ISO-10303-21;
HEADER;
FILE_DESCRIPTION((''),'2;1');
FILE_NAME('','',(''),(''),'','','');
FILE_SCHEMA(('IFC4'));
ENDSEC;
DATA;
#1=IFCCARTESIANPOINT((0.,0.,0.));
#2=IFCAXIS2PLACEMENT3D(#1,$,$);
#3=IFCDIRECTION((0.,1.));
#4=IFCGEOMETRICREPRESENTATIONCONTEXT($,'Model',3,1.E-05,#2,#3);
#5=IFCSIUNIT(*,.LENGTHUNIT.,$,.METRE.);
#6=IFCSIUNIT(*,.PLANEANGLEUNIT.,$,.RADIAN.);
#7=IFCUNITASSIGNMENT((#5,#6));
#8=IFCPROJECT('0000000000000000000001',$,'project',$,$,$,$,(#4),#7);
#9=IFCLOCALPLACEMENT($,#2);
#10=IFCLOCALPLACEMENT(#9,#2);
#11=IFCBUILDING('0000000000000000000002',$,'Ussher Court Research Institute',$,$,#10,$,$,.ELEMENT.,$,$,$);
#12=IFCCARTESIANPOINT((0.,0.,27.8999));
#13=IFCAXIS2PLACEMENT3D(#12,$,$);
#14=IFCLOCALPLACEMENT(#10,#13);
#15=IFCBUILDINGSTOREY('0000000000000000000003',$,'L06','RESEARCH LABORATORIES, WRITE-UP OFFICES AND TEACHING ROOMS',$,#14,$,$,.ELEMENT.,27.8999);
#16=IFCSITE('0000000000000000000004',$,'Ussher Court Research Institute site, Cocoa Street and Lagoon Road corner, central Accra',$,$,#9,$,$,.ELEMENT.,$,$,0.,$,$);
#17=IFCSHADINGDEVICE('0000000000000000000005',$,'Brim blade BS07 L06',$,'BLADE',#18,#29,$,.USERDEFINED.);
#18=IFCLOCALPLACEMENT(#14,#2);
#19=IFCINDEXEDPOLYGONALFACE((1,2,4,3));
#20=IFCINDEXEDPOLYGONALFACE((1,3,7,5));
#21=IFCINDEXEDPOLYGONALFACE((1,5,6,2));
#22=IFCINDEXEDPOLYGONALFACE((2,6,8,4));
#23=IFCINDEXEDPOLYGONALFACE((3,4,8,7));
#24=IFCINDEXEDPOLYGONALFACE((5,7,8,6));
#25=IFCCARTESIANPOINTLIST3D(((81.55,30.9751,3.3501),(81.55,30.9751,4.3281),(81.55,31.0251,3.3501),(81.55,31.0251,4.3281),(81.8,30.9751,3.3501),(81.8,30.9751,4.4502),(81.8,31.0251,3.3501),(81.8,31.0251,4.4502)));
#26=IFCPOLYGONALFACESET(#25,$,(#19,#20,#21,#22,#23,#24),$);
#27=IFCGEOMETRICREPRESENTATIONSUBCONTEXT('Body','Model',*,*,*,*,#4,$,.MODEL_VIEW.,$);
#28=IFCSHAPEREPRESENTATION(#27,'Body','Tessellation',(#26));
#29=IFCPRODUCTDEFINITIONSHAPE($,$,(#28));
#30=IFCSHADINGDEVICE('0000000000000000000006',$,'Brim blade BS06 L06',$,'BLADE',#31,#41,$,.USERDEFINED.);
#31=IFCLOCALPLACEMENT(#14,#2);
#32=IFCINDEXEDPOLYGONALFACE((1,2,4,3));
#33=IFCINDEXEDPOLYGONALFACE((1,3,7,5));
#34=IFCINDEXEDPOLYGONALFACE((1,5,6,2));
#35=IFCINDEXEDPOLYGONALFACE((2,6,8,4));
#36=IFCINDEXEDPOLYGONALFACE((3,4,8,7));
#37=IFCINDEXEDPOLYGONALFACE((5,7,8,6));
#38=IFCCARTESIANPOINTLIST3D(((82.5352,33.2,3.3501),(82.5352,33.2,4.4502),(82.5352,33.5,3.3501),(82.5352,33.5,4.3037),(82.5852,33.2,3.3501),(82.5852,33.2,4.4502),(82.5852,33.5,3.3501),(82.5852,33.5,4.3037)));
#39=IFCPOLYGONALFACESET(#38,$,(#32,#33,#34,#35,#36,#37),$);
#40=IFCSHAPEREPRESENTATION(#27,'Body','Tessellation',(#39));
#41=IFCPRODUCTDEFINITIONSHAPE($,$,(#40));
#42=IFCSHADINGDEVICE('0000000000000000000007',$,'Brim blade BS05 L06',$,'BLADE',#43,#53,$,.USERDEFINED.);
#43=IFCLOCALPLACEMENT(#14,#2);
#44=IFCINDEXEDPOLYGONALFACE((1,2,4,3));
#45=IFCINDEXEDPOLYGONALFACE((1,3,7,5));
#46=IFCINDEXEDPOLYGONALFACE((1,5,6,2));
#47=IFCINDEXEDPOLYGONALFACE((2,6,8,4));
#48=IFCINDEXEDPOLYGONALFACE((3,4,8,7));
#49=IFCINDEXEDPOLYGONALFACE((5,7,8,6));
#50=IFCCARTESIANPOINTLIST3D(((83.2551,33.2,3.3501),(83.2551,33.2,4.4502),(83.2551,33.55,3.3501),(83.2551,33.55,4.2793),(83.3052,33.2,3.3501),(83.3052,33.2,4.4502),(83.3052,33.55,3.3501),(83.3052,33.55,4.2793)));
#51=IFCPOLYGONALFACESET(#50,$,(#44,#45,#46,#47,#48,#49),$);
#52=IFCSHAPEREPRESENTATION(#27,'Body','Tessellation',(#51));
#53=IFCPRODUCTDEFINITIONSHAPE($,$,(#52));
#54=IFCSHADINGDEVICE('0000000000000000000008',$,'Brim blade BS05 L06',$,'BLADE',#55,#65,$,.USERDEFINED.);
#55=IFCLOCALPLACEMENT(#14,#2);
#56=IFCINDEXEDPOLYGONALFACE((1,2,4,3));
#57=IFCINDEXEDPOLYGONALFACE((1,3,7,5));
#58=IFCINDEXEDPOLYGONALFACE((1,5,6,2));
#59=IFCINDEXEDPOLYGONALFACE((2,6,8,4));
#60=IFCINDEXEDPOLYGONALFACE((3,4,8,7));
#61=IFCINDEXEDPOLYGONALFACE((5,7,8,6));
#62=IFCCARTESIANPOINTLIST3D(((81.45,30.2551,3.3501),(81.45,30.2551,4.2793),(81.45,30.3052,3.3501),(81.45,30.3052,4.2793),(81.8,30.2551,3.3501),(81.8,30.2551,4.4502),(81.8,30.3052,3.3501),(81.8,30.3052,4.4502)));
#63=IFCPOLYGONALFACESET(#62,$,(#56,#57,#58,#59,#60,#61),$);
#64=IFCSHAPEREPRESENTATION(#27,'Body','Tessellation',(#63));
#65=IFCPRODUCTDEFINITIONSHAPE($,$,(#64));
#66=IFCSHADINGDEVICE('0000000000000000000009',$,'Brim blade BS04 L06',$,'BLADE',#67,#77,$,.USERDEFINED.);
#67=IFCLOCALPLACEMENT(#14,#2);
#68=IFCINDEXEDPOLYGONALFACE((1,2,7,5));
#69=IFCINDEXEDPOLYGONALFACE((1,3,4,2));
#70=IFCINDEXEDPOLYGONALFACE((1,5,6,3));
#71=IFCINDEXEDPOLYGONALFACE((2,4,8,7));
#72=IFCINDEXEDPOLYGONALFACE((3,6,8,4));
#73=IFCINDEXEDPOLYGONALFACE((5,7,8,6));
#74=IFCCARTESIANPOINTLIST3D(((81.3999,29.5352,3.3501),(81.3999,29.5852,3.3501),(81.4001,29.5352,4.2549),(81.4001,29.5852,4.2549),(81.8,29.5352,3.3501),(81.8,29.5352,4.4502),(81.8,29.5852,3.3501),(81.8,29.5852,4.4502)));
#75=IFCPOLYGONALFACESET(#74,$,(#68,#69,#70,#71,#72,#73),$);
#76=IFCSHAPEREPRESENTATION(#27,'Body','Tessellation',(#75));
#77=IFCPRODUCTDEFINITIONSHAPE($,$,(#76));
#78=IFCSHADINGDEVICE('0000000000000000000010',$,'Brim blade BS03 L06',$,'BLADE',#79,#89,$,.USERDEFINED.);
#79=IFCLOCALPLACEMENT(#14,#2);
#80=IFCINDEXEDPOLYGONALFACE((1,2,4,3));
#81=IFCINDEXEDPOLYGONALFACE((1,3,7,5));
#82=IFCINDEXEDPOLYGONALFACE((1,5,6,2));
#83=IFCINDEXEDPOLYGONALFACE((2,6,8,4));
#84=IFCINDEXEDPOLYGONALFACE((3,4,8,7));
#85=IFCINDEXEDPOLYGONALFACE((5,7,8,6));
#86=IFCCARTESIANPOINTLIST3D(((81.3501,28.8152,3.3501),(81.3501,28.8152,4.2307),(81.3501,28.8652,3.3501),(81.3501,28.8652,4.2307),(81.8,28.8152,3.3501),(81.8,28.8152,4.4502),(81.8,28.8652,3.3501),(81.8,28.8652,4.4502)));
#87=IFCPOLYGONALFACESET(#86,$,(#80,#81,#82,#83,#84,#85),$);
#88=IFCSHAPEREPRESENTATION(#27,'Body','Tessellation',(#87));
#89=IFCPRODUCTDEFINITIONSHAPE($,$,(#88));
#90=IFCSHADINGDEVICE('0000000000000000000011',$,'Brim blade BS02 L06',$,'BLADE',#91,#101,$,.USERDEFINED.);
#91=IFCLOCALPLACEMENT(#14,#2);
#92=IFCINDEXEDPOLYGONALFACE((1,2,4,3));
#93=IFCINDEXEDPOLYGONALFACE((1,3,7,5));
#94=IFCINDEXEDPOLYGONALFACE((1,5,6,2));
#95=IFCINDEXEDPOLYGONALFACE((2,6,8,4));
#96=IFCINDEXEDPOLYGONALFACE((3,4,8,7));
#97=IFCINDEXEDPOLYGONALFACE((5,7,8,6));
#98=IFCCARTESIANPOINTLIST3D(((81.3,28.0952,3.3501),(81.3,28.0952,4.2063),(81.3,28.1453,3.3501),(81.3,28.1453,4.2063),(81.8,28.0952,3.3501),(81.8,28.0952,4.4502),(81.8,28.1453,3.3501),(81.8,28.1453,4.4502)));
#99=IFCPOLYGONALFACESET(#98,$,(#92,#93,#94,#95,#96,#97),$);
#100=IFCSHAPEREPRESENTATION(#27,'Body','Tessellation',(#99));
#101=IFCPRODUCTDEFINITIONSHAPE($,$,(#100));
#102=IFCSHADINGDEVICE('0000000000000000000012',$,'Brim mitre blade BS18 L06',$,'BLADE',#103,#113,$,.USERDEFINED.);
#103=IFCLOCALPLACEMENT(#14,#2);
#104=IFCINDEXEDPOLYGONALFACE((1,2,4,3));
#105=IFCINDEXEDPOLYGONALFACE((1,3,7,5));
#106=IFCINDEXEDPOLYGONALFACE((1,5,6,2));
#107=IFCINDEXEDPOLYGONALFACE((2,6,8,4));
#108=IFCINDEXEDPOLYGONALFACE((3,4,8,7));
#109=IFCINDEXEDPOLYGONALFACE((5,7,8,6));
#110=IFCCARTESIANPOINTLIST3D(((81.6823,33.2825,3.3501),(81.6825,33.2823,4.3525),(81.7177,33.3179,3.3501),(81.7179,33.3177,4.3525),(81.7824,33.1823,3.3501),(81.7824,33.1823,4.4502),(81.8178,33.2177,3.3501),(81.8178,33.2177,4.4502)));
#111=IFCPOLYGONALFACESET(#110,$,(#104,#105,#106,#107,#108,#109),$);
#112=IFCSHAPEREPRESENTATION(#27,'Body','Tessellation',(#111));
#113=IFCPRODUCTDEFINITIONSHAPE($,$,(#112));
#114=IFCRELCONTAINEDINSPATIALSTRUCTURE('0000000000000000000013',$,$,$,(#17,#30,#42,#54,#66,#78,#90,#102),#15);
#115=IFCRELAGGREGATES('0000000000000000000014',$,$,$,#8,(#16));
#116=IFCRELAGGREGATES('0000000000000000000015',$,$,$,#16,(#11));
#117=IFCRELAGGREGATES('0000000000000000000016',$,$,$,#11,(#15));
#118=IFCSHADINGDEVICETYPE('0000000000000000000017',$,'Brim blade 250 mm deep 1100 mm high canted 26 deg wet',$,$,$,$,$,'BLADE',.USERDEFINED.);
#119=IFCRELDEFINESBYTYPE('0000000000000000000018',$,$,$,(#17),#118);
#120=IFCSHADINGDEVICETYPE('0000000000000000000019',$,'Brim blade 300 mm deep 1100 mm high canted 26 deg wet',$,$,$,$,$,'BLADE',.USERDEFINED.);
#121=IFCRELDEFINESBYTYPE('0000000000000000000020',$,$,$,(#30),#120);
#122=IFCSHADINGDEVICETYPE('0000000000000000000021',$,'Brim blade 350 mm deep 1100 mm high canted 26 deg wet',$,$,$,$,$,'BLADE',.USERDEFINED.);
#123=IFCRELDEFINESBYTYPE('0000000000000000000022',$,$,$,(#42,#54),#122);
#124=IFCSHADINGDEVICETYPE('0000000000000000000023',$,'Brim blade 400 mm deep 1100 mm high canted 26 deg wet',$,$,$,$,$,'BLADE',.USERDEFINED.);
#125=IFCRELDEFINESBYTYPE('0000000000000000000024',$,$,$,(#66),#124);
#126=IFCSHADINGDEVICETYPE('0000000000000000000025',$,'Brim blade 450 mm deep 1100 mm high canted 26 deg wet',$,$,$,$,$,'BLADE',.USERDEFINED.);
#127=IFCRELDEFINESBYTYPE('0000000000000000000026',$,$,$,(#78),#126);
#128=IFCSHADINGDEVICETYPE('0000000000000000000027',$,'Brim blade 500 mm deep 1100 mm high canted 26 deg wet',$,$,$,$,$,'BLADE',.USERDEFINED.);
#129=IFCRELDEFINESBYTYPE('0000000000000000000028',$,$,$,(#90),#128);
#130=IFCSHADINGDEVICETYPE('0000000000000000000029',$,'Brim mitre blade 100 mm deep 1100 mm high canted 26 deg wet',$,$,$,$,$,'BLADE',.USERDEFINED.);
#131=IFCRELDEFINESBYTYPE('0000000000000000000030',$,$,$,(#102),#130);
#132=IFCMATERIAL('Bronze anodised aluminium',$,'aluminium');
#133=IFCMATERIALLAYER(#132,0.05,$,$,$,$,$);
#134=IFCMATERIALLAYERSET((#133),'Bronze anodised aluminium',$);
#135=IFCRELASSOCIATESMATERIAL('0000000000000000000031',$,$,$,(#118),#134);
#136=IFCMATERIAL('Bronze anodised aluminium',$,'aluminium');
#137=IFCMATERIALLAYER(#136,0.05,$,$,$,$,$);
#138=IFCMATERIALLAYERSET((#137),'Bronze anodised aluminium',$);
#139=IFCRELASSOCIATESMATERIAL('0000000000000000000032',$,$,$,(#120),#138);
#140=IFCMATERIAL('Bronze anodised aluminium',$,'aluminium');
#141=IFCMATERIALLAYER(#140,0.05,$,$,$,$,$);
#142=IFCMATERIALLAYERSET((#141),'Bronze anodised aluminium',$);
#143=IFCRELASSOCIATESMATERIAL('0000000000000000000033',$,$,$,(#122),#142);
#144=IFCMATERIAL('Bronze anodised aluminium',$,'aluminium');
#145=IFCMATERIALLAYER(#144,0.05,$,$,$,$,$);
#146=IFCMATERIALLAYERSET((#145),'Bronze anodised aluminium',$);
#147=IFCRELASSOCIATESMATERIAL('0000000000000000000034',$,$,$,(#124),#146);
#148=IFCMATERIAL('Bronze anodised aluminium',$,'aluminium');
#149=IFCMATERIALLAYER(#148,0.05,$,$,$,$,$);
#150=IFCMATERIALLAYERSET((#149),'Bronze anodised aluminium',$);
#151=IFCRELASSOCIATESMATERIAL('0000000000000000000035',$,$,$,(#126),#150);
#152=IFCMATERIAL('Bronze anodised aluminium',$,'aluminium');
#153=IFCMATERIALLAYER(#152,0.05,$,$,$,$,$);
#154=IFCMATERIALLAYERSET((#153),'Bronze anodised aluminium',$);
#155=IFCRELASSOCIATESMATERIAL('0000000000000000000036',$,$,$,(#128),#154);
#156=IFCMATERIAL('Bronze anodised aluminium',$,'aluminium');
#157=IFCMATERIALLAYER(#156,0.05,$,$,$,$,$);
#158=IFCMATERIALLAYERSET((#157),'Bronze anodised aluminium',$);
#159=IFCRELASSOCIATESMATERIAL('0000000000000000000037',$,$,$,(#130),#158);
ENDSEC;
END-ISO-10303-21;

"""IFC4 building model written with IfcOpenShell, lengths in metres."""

from ifc_helpers import new_model, si_unit, direction, frame, origin, place, context, subcontext, project, spatial, polyline, outline, extrude, material, layer, layer_set, type_object, element, save


model = new_model("IFC4")

# Units and contexts
model_context = context("Model", 3, precision=1e-05, world=origin(), true_north=direction((0.0, 1.0)))
body_context = subcontext(model_context, "Body", "Model", "MODEL_VIEW")
ifc_project = project(units=[si_unit("LENGTHUNIT", "METRE"), si_unit("PLANEANGLEUNIT", "RADIAN")], contexts=[model_context])

# Site, building, storey
site_placement = place(None, origin())
site = spatial("IfcSite", under=ifc_project, at=site_placement, Name="Ussher Court Research Institute site, Cocoa Street and Lagoon Road corner, central Accra", CompositionType="ELEMENT", RefElevation=0.0)
building_placement = place(site_placement, origin())
building = spatial("IfcBuilding", under=site, at=building_placement, Name="Ussher Court Research Institute", CompositionType="ELEMENT")
storey_placement = place(building_placement, frame((0.0, 0.0, 27.8999)))
storey = spatial("IfcBuildingStorey", under=building, at=storey_placement, Name="L06", Description="RESEARCH LABORATORIES, WRITE-UP OFFICES AND TEACHING ROOMS", CompositionType="ELEMENT", Elevation=27.8999)

# Shading devices
ifc_material_1 = material(Name="Bronze anodised aluminium", Category="aluminium")
ifc_layer_1 = layer(ifc_material_1, 0.05)
ifc_layer_set_1 = layer_set([ifc_layer_1], Name="Bronze anodised aluminium")
shading_device_type_1 = type_object("IfcShadingDeviceType", Name="Brim blade 250 mm deep 1100 mm high canted 26 deg wet", ElementType="BLADE", PredefinedType="USERDEFINED", material=ifc_layer_set_1)
shading_device_1_placement = place(storey_placement, frame((81.8, 31.0, 3.3501), z_axis=(0.0, 0.0, 1.0), x_axis=(-1.0, 0.0, 0.0)))
element("IfcShadingDevice", 1, at=shading_device_1_placement, inside=storey, type_object=shading_device_type_1, Name="Brim blade BS07 L06", ObjectType="BLADE", PredefinedType="USERDEFINED", context=body_context, shape_type="SweptSolid", body=[
    extrude(outline(polyline([(0.0, 0.0), (0.25, 0.0), (0.25, 0.978), (0.0, 1.1001), (0.0, 0.0)])), frame((0.0, 0.0249, 0.0), z_axis=(0.0, -1.0, 0.0), x_axis=(1.0, 0.0, 0.0)), (0.0, 0.0, 1.0), 0.05),
])
ifc_material_2 = material(Name="Bronze anodised aluminium", Category="aluminium")
ifc_layer_2 = layer(ifc_material_2, 0.05)
ifc_layer_set_2 = layer_set([ifc_layer_2], Name="Bronze anodised aluminium")
shading_device_type_2 = type_object("IfcShadingDeviceType", Name="Brim blade 300 mm deep 1100 mm high canted 26 deg wet", ElementType="BLADE", PredefinedType="USERDEFINED", material=ifc_layer_set_2)
shading_device_2_placement = place(storey_placement, frame((82.5601, 33.2, 3.3501), z_axis=(0.0, 0.0, 1.0), x_axis=(0.0, 1.0, 0.0)))
element("IfcShadingDevice", 2, at=shading_device_2_placement, inside=storey, type_object=shading_device_type_2, Name="Brim blade BS06 L06", ObjectType="BLADE", PredefinedType="USERDEFINED", context=body_context, shape_type="SweptSolid", body=[
    extrude(outline(polyline([(0.0, 0.0), (0.3, 0.0), (0.3, 0.9536), (0.0, 1.1001), (0.0, 0.0)])), frame((0.0, 0.0249, 0.0), z_axis=(0.0, -1.0, 0.0), x_axis=(1.0, 0.0, 0.0)), (0.0, 0.0, 1.0), 0.05),
])
ifc_material_3 = material(Name="Bronze anodised aluminium", Category="aluminium")
ifc_layer_3 = layer(ifc_material_3, 0.05)
ifc_layer_set_3 = layer_set([ifc_layer_3], Name="Bronze anodised aluminium")
shading_device_type_3 = type_object("IfcShadingDeviceType", Name="Brim blade 350 mm deep 1100 mm high canted 26 deg wet", ElementType="BLADE", PredefinedType="USERDEFINED", material=ifc_layer_set_3)
for number, where, z_axis, x_axis, name in (
    (3, (83.28, 33.2, 3.3501), (0.0, 0.0, 1.0), (0.0, 1.0, 0.0), "Brim blade BS05 L06"),
    (4, (81.8, 30.28, 3.3501), (0.0, 0.0, 1.0), (-1.0, 0.0, 0.0), "Brim blade BS05 L06"),
):
    element("IfcShadingDevice", number, at=place(storey_placement, frame(where, z_axis=z_axis, x_axis=x_axis)), inside=storey, type_object=shading_device_type_3, Name=name, ObjectType="BLADE", PredefinedType="USERDEFINED", context=body_context, shape_type="SweptSolid", body=[
        extrude(outline(polyline([(0.0, 0.0), (0.3501, 0.0), (0.3501, 0.9292), (0.0, 1.1001), (0.0, 0.0)])), frame((0.0, 0.0249, 0.0), z_axis=(0.0, -1.0, 0.0), x_axis=(1.0, 0.0, 0.0)), (0.0, 0.0, 1.0), 0.05),
    ])
ifc_material_4 = material(Name="Bronze anodised aluminium", Category="aluminium")
ifc_layer_4 = layer(ifc_material_4, 0.05)
ifc_layer_set_4 = layer_set([ifc_layer_4], Name="Bronze anodised aluminium")
shading_device_type_4 = type_object("IfcShadingDeviceType", Name="Brim blade 400 mm deep 1100 mm high canted 26 deg wet", ElementType="BLADE", PredefinedType="USERDEFINED", material=ifc_layer_set_4)
shading_device_3_placement = place(storey_placement, frame((81.8, 29.5601, 3.3501), z_axis=(0.0, 0.0, 1.0), x_axis=(-1.0, 0.0, 0.0)))
element("IfcShadingDevice", 5, at=shading_device_3_placement, inside=storey, type_object=shading_device_type_4, Name="Brim blade BS04 L06", ObjectType="BLADE", PredefinedType="USERDEFINED", context=body_context, shape_type="SweptSolid", body=[
    extrude(outline(polyline([(0.0, 0.0), (0.4001, 0.0), (0.3999, 0.9048), (0.0, 1.1001), (0.0, 0.0)])), frame((0.0, 0.0249, 0.0), z_axis=(0.0, -1.0, 0.0), x_axis=(1.0, 0.0, 0.0)), (0.0, 0.0, 1.0), 0.05),
])
ifc_material_5 = material(Name="Bronze anodised aluminium", Category="aluminium")
ifc_layer_5 = layer(ifc_material_5, 0.05)
ifc_layer_set_5 = layer_set([ifc_layer_5], Name="Bronze anodised aluminium")
shading_device_type_5 = type_object("IfcShadingDeviceType", Name="Brim blade 450 mm deep 1100 mm high canted 26 deg wet", ElementType="BLADE", PredefinedType="USERDEFINED", material=ifc_layer_set_5)
shading_device_4_placement = place(storey_placement, frame((81.8, 28.8401, 3.3501), z_axis=(0.0, 0.0, 1.0), x_axis=(-1.0, 0.0, 0.0)))
element("IfcShadingDevice", 6, at=shading_device_4_placement, inside=storey, type_object=shading_device_type_5, Name="Brim blade BS03 L06", ObjectType="BLADE", PredefinedType="USERDEFINED", context=body_context, shape_type="SweptSolid", body=[
    extrude(outline(polyline([(0.0, 0.0), (0.45, 0.0), (0.45, 0.8806), (0.0, 1.1001), (0.0, 0.0)])), frame((0.0, 0.0249, 0.0), z_axis=(0.0, -1.0, 0.0), x_axis=(1.0, 0.0, 0.0)), (0.0, 0.0, 1.0), 0.05),
])
ifc_material_6 = material(Name="Bronze anodised aluminium", Category="aluminium")
ifc_layer_6 = layer(ifc_material_6, 0.05)
ifc_layer_set_6 = layer_set([ifc_layer_6], Name="Bronze anodised aluminium")
shading_device_type_6 = type_object("IfcShadingDeviceType", Name="Brim blade 500 mm deep 1100 mm high canted 26 deg wet", ElementType="BLADE", PredefinedType="USERDEFINED", material=ifc_layer_set_6)
shading_device_5_placement = place(storey_placement, frame((81.8, 28.1201, 3.3501), z_axis=(0.0, 0.0, 1.0), x_axis=(-1.0, 0.0, 0.0)))
element("IfcShadingDevice", 7, at=shading_device_5_placement, inside=storey, type_object=shading_device_type_6, Name="Brim blade BS02 L06", ObjectType="BLADE", PredefinedType="USERDEFINED", context=body_context, shape_type="SweptSolid", body=[
    extrude(outline(polyline([(0.0, 0.0), (0.5, 0.0), (0.5, 0.8562), (0.0, 1.1001), (0.0, 0.0)])), frame((0.0, 0.0249, 0.0), z_axis=(0.0, -1.0, 0.0), x_axis=(1.0, 0.0, 0.0)), (0.0, 0.0, 1.0), 0.05),
])
ifc_material_7 = material(Name="Bronze anodised aluminium", Category="aluminium")
ifc_layer_7 = layer(ifc_material_7, 0.05)
ifc_layer_set_7 = layer_set([ifc_layer_7], Name="Bronze anodised aluminium")
shading_device_type_7 = type_object("IfcShadingDeviceType", Name="Brim mitre blade 100 mm deep 1100 mm high canted 26 deg wet", ElementType="BLADE", PredefinedType="USERDEFINED", material=ifc_layer_set_7)
shading_device_6_placement = place(storey_placement, frame((81.8, 33.2, 3.3501), z_axis=(0.0, 0.0, 1.0), x_axis=(-0.707107, 0.707107, 0.0)))
element("IfcShadingDevice", 8, at=shading_device_6_placement, inside=storey, type_object=shading_device_type_7, Name="Brim mitre blade BS18 L06", ObjectType="BLADE", PredefinedType="USERDEFINED", context=body_context, shape_type="SweptSolid", body=[
    extrude(outline(polyline([(0.0, 0.0), (0.1416, 0.0), (0.1414, 1.0024), (0.0, 1.1001), (0.0, 0.0)])), frame((0.0, 0.0249, 0.0), z_axis=(0.0, -1.0, 0.0), x_axis=(1.0, 0.0, 0.0)), (0.0, 0.0, 1.0), 0.05),
])

save(model, "model.ifc")
